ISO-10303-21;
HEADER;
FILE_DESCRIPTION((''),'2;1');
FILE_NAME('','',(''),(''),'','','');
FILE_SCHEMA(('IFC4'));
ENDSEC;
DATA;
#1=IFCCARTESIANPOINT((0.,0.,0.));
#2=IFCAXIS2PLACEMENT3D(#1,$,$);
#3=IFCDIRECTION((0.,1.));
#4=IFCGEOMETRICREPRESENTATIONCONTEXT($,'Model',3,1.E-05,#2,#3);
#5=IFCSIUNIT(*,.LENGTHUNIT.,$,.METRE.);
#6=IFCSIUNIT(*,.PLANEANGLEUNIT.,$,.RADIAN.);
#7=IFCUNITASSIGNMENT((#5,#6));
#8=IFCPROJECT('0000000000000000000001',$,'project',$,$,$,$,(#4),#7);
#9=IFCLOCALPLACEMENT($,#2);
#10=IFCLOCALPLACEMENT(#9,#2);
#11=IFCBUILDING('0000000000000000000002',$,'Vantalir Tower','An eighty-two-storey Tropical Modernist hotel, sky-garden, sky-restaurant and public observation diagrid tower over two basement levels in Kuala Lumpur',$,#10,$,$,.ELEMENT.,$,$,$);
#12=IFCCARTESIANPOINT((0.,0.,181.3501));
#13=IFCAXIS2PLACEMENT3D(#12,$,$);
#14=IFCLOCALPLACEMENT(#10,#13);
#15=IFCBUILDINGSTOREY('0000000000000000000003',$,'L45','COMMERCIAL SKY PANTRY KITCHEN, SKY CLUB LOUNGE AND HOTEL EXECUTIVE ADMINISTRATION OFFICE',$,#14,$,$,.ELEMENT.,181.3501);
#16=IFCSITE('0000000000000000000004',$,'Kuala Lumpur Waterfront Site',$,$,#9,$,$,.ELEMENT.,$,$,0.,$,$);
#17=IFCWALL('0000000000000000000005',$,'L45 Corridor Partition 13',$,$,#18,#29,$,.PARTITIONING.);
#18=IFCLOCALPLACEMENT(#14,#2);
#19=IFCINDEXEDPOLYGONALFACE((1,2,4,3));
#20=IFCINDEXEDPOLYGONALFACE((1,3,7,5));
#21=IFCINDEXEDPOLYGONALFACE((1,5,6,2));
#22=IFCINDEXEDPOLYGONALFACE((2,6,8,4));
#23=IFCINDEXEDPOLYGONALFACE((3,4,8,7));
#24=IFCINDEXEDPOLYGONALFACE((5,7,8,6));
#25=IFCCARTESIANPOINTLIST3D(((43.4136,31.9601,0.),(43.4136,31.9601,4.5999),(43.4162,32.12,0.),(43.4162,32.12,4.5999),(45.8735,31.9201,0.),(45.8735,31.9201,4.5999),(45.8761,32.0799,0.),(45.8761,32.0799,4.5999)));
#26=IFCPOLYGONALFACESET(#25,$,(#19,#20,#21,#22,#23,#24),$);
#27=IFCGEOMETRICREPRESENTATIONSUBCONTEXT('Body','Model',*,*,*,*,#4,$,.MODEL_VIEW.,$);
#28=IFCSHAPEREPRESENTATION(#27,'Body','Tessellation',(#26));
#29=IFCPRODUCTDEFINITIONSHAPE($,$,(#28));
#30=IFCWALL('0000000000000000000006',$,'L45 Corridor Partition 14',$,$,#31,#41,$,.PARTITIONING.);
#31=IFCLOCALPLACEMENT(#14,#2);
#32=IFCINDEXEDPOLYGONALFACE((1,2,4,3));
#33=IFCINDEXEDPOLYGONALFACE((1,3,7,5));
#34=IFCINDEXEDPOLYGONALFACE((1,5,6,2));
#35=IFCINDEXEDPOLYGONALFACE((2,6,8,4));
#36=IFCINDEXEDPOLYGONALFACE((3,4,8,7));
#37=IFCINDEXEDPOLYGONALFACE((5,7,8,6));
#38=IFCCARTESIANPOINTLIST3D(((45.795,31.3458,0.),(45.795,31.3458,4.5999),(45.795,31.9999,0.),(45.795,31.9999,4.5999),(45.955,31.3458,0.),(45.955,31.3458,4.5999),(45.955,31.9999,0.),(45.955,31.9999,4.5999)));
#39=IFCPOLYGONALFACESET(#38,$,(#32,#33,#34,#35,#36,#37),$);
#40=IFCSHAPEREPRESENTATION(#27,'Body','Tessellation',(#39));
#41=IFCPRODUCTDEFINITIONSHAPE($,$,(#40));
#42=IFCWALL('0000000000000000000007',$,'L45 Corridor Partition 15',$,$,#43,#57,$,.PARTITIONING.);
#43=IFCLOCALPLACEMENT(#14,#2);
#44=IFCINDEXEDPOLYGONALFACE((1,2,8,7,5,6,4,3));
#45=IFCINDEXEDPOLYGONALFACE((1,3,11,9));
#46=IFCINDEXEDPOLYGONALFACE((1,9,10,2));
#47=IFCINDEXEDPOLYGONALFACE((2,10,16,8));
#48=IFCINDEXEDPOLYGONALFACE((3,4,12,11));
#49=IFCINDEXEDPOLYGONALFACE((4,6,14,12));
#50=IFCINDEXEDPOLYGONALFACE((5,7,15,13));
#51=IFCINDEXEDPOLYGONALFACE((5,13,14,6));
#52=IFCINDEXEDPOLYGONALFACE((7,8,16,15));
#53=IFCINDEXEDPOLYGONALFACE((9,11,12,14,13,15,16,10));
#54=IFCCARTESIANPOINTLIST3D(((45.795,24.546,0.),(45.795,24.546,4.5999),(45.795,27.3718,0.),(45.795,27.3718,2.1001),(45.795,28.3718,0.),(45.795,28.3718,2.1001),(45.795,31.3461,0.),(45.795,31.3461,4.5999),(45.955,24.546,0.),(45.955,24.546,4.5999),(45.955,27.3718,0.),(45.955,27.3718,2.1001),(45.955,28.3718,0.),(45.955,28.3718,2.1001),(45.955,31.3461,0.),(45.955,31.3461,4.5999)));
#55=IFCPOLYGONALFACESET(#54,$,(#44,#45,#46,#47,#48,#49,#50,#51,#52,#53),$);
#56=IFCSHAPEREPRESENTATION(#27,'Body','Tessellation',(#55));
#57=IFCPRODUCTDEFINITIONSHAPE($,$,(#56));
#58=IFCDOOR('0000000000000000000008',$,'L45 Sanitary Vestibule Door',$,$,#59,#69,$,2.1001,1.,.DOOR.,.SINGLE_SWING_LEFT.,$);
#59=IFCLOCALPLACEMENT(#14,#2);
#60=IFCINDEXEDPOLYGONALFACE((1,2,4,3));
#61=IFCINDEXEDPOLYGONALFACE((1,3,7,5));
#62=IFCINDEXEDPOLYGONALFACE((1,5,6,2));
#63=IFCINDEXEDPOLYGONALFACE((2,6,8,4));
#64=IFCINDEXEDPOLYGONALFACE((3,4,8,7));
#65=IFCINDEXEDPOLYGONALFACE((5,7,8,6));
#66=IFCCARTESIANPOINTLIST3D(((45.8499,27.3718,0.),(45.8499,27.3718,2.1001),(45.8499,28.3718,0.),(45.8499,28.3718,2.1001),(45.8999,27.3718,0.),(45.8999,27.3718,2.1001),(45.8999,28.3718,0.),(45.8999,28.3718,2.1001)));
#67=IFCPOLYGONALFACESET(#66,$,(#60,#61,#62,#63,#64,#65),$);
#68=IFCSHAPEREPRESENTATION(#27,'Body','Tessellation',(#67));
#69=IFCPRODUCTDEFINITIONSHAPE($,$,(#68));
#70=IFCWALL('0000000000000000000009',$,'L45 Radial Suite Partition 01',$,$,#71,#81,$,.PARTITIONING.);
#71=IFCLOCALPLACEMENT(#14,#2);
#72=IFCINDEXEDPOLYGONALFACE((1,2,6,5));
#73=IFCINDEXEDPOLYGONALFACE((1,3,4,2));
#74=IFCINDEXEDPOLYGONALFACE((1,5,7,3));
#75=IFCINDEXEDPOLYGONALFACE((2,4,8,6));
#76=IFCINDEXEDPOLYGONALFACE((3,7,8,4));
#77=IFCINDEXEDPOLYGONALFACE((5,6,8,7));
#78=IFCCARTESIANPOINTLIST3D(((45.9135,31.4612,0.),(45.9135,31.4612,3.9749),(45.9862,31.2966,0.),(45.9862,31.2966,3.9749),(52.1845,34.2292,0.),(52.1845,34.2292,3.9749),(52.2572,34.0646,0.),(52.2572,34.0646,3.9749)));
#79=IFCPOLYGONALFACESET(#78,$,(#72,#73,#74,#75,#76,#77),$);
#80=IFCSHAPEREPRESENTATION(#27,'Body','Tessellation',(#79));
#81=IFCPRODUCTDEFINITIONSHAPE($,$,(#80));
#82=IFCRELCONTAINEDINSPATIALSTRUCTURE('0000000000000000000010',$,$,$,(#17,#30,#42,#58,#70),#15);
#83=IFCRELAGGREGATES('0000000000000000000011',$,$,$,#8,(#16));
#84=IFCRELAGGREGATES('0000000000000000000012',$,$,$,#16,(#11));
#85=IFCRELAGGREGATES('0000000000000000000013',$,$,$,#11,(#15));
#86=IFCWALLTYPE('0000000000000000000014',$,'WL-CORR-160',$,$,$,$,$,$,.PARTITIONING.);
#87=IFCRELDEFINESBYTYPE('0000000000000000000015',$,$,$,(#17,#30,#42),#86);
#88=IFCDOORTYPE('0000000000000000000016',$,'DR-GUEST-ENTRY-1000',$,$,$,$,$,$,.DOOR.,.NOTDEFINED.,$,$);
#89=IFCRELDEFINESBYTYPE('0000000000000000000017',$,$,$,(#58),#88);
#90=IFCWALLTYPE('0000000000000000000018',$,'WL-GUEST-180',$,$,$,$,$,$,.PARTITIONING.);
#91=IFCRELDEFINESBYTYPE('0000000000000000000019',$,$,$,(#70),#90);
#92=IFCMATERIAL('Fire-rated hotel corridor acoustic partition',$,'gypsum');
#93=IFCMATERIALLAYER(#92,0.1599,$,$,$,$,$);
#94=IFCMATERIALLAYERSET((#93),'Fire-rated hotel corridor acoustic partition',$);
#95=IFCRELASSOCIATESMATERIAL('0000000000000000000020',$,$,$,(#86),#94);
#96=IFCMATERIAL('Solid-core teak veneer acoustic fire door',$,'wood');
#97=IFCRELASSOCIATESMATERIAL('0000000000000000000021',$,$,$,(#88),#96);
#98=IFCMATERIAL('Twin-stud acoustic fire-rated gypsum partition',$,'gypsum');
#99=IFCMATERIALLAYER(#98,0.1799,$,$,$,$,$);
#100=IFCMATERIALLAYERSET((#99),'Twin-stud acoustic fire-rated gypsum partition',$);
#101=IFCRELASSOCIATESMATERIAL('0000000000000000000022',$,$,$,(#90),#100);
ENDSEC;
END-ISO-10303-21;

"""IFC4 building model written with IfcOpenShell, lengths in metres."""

from ifc_helpers import new_model, si_unit, direction, frame, frame_2d, origin, place, context, subcontext, project, spatial, rectangle, extrude, material, layer, layer_set, type_object, element, fill, save


model = new_model("IFC4")

# Units and contexts
model_context = context("Model", 3, precision=1e-05, world=origin(), true_north=direction((0.0, 1.0)))
body_context = subcontext(model_context, "Body", "Model", "MODEL_VIEW")
ifc_project = project(units=[si_unit("LENGTHUNIT", "METRE"), si_unit("PLANEANGLEUNIT", "RADIAN")], contexts=[model_context])

# Site, building, storey
site_placement = place(None, origin())
site = spatial("IfcSite", under=ifc_project, at=site_placement, Name="Kuala Lumpur Waterfront Site", CompositionType="ELEMENT", RefElevation=0.0)
building_placement = place(site_placement, origin())
building = spatial("IfcBuilding", under=site, at=building_placement, Name="Vantalir Tower", Description="An eighty-two-storey Tropical Modernist hotel, sky-garden, sky-restaurant and public observation diagrid tower over two basement levels in Kuala Lumpur", CompositionType="ELEMENT")
storey_placement = place(building_placement, frame((0.0, 0.0, 181.3501)))
storey = spatial("IfcBuildingStorey", under=building, at=storey_placement, Name="L45", Description="COMMERCIAL SKY PANTRY KITCHEN, SKY CLUB LOUNGE AND HOTEL EXECUTIVE ADMINISTRATION OFFICE", CompositionType="ELEMENT", Elevation=181.3501)

# Walls
ifc_material_1 = material(Name="Fire-rated hotel corridor acoustic partition", Category="gypsum")
ifc_layer_1 = layer(ifc_material_1, 0.1599)
ifc_layer_set_1 = layer_set([ifc_layer_1], Name="Fire-rated hotel corridor acoustic partition")
wall_type_1 = type_object("IfcWallType", Name="WL-CORR-160", PredefinedType="PARTITIONING", material=ifc_layer_set_1)
wall_1_placement = place(storey_placement, frame((43.415, 32.04, 0.0), z_axis=(0.0, 0.0, 1.0), x_axis=(0.999868, -0.016274, 0.0)))
element("IfcWall", 1, at=wall_1_placement, inside=storey, type_object=wall_type_1, Name="L45 Corridor Partition 13", PredefinedType="PARTITIONING", context=body_context, shape_type="SweptSolid", body=[
    extrude(rectangle(XDim=2.4602, YDim=0.1599, at=frame_2d((1.23, 0.0))), origin(), (0.0, 0.0, 1.0), 4.5999),
])
wall_2_placement = place(storey_placement, frame((45.875, 32.0, 0.0), z_axis=(0.0, 0.0, 1.0), x_axis=(0.0, -1.0, 0.0)))
element("IfcWall", 2, at=wall_2_placement, inside=storey, type_object=wall_type_1, Name="L45 Corridor Partition 14", PredefinedType="PARTITIONING", context=body_context, shape_type="SweptSolid", body=[
    extrude(rectangle(XDim=0.6541, YDim=0.1599, at=frame_2d((0.3271, 0.0))), origin(), (0.0, 0.0, 1.0), 4.5999),
])

# Wall, opening, door
wall_3_placement = place(storey_placement, frame((45.875, 31.3459, 0.0), z_axis=(0.0, 0.0, 1.0), x_axis=(0.0, -1.0, 0.0)))
wall_3 = element("IfcWall", 3, at=wall_3_placement, inside=storey, type_object=wall_type_1, Name="L45 Corridor Partition 15", PredefinedType="PARTITIONING", context=body_context, shape_type="SweptSolid", body=[
    extrude(rectangle(XDim=6.8, YDim=0.1599, at=frame_2d((3.3999, 0.0))), origin(), (0.0, 0.0, 1.0), 4.5999),
])
opening_1_placement = place(wall_3_placement, frame((2.9741, 0.0, 0.0)))
opening_1 = element("IfcOpeningElement", 4, at=opening_1_placement, cuts=wall_3, PredefinedType="OPENING", context=body_context, shape_type="SweptSolid", body=[
    extrude(rectangle(XDim=1.0, YDim=2.1001, at=frame_2d((0.5, 1.05))), frame((0.0, 0.0898, 0.0), z_axis=(0.0, -1.0, 0.0), x_axis=(1.0, 0.0, 0.0)), (0.0, 0.0, 1.0), 0.1799),
])
ifc_material_2 = material(Name="Solid-core teak veneer acoustic fire door", Category="wood")
door_type_1 = type_object("IfcDoorType", Name="DR-GUEST-ENTRY-1000", OperationType="NOTDEFINED", PredefinedType="DOOR", material=ifc_material_2)
door_1_placement = place(opening_1_placement, origin())
door_1 = element("IfcDoor", 5, at=door_1_placement, inside=storey, type_object=door_type_1, Name="L45 Sanitary Vestibule Door", OperationType="SINGLE_SWING_LEFT", OverallHeight=2.1001, OverallWidth=1.0, PredefinedType="DOOR", context=body_context, shape_type="SweptSolid", body=[
    extrude(rectangle(XDim=1.0, YDim=2.1001, at=frame_2d((0.5, 1.05))), frame((0.0, 0.0249, 0.0), z_axis=(0.0, -1.0, 0.0), x_axis=(1.0, 0.0, 0.0)), (0.0, 0.0, 1.0), 0.05),
])
fill(opening_1, door_1)

# Wall
ifc_material_3 = material(Name="Twin-stud acoustic fire-rated gypsum partition", Category="gypsum")
ifc_layer_2 = layer(ifc_material_3, 0.1799)
ifc_layer_set_2 = layer_set([ifc_layer_2], Name="Twin-stud acoustic fire-rated gypsum partition")
wall_type_2 = type_object("IfcWallType", Name="WL-GUEST-180", PredefinedType="PARTITIONING", material=ifc_layer_set_2)
wall_4_placement = place(storey_placement, frame((45.95, 31.3789, 0.0), z_axis=(0.0, 0.0, 1.0), x_axis=(0.91484, 0.403817, 0.0)))
element("IfcWall", 6, at=wall_4_placement, inside=storey, type_object=wall_type_2, Name="L45 Radial Suite Partition 01", PredefinedType="PARTITIONING", context=body_context, shape_type="SweptSolid", body=[
    extrude(rectangle(XDim=6.8547, YDim=0.1799, at=frame_2d((3.4272, 0.0))), origin(), (0.0, 0.0, 1.0), 3.9749),
])

save(model, "model.ifc")
